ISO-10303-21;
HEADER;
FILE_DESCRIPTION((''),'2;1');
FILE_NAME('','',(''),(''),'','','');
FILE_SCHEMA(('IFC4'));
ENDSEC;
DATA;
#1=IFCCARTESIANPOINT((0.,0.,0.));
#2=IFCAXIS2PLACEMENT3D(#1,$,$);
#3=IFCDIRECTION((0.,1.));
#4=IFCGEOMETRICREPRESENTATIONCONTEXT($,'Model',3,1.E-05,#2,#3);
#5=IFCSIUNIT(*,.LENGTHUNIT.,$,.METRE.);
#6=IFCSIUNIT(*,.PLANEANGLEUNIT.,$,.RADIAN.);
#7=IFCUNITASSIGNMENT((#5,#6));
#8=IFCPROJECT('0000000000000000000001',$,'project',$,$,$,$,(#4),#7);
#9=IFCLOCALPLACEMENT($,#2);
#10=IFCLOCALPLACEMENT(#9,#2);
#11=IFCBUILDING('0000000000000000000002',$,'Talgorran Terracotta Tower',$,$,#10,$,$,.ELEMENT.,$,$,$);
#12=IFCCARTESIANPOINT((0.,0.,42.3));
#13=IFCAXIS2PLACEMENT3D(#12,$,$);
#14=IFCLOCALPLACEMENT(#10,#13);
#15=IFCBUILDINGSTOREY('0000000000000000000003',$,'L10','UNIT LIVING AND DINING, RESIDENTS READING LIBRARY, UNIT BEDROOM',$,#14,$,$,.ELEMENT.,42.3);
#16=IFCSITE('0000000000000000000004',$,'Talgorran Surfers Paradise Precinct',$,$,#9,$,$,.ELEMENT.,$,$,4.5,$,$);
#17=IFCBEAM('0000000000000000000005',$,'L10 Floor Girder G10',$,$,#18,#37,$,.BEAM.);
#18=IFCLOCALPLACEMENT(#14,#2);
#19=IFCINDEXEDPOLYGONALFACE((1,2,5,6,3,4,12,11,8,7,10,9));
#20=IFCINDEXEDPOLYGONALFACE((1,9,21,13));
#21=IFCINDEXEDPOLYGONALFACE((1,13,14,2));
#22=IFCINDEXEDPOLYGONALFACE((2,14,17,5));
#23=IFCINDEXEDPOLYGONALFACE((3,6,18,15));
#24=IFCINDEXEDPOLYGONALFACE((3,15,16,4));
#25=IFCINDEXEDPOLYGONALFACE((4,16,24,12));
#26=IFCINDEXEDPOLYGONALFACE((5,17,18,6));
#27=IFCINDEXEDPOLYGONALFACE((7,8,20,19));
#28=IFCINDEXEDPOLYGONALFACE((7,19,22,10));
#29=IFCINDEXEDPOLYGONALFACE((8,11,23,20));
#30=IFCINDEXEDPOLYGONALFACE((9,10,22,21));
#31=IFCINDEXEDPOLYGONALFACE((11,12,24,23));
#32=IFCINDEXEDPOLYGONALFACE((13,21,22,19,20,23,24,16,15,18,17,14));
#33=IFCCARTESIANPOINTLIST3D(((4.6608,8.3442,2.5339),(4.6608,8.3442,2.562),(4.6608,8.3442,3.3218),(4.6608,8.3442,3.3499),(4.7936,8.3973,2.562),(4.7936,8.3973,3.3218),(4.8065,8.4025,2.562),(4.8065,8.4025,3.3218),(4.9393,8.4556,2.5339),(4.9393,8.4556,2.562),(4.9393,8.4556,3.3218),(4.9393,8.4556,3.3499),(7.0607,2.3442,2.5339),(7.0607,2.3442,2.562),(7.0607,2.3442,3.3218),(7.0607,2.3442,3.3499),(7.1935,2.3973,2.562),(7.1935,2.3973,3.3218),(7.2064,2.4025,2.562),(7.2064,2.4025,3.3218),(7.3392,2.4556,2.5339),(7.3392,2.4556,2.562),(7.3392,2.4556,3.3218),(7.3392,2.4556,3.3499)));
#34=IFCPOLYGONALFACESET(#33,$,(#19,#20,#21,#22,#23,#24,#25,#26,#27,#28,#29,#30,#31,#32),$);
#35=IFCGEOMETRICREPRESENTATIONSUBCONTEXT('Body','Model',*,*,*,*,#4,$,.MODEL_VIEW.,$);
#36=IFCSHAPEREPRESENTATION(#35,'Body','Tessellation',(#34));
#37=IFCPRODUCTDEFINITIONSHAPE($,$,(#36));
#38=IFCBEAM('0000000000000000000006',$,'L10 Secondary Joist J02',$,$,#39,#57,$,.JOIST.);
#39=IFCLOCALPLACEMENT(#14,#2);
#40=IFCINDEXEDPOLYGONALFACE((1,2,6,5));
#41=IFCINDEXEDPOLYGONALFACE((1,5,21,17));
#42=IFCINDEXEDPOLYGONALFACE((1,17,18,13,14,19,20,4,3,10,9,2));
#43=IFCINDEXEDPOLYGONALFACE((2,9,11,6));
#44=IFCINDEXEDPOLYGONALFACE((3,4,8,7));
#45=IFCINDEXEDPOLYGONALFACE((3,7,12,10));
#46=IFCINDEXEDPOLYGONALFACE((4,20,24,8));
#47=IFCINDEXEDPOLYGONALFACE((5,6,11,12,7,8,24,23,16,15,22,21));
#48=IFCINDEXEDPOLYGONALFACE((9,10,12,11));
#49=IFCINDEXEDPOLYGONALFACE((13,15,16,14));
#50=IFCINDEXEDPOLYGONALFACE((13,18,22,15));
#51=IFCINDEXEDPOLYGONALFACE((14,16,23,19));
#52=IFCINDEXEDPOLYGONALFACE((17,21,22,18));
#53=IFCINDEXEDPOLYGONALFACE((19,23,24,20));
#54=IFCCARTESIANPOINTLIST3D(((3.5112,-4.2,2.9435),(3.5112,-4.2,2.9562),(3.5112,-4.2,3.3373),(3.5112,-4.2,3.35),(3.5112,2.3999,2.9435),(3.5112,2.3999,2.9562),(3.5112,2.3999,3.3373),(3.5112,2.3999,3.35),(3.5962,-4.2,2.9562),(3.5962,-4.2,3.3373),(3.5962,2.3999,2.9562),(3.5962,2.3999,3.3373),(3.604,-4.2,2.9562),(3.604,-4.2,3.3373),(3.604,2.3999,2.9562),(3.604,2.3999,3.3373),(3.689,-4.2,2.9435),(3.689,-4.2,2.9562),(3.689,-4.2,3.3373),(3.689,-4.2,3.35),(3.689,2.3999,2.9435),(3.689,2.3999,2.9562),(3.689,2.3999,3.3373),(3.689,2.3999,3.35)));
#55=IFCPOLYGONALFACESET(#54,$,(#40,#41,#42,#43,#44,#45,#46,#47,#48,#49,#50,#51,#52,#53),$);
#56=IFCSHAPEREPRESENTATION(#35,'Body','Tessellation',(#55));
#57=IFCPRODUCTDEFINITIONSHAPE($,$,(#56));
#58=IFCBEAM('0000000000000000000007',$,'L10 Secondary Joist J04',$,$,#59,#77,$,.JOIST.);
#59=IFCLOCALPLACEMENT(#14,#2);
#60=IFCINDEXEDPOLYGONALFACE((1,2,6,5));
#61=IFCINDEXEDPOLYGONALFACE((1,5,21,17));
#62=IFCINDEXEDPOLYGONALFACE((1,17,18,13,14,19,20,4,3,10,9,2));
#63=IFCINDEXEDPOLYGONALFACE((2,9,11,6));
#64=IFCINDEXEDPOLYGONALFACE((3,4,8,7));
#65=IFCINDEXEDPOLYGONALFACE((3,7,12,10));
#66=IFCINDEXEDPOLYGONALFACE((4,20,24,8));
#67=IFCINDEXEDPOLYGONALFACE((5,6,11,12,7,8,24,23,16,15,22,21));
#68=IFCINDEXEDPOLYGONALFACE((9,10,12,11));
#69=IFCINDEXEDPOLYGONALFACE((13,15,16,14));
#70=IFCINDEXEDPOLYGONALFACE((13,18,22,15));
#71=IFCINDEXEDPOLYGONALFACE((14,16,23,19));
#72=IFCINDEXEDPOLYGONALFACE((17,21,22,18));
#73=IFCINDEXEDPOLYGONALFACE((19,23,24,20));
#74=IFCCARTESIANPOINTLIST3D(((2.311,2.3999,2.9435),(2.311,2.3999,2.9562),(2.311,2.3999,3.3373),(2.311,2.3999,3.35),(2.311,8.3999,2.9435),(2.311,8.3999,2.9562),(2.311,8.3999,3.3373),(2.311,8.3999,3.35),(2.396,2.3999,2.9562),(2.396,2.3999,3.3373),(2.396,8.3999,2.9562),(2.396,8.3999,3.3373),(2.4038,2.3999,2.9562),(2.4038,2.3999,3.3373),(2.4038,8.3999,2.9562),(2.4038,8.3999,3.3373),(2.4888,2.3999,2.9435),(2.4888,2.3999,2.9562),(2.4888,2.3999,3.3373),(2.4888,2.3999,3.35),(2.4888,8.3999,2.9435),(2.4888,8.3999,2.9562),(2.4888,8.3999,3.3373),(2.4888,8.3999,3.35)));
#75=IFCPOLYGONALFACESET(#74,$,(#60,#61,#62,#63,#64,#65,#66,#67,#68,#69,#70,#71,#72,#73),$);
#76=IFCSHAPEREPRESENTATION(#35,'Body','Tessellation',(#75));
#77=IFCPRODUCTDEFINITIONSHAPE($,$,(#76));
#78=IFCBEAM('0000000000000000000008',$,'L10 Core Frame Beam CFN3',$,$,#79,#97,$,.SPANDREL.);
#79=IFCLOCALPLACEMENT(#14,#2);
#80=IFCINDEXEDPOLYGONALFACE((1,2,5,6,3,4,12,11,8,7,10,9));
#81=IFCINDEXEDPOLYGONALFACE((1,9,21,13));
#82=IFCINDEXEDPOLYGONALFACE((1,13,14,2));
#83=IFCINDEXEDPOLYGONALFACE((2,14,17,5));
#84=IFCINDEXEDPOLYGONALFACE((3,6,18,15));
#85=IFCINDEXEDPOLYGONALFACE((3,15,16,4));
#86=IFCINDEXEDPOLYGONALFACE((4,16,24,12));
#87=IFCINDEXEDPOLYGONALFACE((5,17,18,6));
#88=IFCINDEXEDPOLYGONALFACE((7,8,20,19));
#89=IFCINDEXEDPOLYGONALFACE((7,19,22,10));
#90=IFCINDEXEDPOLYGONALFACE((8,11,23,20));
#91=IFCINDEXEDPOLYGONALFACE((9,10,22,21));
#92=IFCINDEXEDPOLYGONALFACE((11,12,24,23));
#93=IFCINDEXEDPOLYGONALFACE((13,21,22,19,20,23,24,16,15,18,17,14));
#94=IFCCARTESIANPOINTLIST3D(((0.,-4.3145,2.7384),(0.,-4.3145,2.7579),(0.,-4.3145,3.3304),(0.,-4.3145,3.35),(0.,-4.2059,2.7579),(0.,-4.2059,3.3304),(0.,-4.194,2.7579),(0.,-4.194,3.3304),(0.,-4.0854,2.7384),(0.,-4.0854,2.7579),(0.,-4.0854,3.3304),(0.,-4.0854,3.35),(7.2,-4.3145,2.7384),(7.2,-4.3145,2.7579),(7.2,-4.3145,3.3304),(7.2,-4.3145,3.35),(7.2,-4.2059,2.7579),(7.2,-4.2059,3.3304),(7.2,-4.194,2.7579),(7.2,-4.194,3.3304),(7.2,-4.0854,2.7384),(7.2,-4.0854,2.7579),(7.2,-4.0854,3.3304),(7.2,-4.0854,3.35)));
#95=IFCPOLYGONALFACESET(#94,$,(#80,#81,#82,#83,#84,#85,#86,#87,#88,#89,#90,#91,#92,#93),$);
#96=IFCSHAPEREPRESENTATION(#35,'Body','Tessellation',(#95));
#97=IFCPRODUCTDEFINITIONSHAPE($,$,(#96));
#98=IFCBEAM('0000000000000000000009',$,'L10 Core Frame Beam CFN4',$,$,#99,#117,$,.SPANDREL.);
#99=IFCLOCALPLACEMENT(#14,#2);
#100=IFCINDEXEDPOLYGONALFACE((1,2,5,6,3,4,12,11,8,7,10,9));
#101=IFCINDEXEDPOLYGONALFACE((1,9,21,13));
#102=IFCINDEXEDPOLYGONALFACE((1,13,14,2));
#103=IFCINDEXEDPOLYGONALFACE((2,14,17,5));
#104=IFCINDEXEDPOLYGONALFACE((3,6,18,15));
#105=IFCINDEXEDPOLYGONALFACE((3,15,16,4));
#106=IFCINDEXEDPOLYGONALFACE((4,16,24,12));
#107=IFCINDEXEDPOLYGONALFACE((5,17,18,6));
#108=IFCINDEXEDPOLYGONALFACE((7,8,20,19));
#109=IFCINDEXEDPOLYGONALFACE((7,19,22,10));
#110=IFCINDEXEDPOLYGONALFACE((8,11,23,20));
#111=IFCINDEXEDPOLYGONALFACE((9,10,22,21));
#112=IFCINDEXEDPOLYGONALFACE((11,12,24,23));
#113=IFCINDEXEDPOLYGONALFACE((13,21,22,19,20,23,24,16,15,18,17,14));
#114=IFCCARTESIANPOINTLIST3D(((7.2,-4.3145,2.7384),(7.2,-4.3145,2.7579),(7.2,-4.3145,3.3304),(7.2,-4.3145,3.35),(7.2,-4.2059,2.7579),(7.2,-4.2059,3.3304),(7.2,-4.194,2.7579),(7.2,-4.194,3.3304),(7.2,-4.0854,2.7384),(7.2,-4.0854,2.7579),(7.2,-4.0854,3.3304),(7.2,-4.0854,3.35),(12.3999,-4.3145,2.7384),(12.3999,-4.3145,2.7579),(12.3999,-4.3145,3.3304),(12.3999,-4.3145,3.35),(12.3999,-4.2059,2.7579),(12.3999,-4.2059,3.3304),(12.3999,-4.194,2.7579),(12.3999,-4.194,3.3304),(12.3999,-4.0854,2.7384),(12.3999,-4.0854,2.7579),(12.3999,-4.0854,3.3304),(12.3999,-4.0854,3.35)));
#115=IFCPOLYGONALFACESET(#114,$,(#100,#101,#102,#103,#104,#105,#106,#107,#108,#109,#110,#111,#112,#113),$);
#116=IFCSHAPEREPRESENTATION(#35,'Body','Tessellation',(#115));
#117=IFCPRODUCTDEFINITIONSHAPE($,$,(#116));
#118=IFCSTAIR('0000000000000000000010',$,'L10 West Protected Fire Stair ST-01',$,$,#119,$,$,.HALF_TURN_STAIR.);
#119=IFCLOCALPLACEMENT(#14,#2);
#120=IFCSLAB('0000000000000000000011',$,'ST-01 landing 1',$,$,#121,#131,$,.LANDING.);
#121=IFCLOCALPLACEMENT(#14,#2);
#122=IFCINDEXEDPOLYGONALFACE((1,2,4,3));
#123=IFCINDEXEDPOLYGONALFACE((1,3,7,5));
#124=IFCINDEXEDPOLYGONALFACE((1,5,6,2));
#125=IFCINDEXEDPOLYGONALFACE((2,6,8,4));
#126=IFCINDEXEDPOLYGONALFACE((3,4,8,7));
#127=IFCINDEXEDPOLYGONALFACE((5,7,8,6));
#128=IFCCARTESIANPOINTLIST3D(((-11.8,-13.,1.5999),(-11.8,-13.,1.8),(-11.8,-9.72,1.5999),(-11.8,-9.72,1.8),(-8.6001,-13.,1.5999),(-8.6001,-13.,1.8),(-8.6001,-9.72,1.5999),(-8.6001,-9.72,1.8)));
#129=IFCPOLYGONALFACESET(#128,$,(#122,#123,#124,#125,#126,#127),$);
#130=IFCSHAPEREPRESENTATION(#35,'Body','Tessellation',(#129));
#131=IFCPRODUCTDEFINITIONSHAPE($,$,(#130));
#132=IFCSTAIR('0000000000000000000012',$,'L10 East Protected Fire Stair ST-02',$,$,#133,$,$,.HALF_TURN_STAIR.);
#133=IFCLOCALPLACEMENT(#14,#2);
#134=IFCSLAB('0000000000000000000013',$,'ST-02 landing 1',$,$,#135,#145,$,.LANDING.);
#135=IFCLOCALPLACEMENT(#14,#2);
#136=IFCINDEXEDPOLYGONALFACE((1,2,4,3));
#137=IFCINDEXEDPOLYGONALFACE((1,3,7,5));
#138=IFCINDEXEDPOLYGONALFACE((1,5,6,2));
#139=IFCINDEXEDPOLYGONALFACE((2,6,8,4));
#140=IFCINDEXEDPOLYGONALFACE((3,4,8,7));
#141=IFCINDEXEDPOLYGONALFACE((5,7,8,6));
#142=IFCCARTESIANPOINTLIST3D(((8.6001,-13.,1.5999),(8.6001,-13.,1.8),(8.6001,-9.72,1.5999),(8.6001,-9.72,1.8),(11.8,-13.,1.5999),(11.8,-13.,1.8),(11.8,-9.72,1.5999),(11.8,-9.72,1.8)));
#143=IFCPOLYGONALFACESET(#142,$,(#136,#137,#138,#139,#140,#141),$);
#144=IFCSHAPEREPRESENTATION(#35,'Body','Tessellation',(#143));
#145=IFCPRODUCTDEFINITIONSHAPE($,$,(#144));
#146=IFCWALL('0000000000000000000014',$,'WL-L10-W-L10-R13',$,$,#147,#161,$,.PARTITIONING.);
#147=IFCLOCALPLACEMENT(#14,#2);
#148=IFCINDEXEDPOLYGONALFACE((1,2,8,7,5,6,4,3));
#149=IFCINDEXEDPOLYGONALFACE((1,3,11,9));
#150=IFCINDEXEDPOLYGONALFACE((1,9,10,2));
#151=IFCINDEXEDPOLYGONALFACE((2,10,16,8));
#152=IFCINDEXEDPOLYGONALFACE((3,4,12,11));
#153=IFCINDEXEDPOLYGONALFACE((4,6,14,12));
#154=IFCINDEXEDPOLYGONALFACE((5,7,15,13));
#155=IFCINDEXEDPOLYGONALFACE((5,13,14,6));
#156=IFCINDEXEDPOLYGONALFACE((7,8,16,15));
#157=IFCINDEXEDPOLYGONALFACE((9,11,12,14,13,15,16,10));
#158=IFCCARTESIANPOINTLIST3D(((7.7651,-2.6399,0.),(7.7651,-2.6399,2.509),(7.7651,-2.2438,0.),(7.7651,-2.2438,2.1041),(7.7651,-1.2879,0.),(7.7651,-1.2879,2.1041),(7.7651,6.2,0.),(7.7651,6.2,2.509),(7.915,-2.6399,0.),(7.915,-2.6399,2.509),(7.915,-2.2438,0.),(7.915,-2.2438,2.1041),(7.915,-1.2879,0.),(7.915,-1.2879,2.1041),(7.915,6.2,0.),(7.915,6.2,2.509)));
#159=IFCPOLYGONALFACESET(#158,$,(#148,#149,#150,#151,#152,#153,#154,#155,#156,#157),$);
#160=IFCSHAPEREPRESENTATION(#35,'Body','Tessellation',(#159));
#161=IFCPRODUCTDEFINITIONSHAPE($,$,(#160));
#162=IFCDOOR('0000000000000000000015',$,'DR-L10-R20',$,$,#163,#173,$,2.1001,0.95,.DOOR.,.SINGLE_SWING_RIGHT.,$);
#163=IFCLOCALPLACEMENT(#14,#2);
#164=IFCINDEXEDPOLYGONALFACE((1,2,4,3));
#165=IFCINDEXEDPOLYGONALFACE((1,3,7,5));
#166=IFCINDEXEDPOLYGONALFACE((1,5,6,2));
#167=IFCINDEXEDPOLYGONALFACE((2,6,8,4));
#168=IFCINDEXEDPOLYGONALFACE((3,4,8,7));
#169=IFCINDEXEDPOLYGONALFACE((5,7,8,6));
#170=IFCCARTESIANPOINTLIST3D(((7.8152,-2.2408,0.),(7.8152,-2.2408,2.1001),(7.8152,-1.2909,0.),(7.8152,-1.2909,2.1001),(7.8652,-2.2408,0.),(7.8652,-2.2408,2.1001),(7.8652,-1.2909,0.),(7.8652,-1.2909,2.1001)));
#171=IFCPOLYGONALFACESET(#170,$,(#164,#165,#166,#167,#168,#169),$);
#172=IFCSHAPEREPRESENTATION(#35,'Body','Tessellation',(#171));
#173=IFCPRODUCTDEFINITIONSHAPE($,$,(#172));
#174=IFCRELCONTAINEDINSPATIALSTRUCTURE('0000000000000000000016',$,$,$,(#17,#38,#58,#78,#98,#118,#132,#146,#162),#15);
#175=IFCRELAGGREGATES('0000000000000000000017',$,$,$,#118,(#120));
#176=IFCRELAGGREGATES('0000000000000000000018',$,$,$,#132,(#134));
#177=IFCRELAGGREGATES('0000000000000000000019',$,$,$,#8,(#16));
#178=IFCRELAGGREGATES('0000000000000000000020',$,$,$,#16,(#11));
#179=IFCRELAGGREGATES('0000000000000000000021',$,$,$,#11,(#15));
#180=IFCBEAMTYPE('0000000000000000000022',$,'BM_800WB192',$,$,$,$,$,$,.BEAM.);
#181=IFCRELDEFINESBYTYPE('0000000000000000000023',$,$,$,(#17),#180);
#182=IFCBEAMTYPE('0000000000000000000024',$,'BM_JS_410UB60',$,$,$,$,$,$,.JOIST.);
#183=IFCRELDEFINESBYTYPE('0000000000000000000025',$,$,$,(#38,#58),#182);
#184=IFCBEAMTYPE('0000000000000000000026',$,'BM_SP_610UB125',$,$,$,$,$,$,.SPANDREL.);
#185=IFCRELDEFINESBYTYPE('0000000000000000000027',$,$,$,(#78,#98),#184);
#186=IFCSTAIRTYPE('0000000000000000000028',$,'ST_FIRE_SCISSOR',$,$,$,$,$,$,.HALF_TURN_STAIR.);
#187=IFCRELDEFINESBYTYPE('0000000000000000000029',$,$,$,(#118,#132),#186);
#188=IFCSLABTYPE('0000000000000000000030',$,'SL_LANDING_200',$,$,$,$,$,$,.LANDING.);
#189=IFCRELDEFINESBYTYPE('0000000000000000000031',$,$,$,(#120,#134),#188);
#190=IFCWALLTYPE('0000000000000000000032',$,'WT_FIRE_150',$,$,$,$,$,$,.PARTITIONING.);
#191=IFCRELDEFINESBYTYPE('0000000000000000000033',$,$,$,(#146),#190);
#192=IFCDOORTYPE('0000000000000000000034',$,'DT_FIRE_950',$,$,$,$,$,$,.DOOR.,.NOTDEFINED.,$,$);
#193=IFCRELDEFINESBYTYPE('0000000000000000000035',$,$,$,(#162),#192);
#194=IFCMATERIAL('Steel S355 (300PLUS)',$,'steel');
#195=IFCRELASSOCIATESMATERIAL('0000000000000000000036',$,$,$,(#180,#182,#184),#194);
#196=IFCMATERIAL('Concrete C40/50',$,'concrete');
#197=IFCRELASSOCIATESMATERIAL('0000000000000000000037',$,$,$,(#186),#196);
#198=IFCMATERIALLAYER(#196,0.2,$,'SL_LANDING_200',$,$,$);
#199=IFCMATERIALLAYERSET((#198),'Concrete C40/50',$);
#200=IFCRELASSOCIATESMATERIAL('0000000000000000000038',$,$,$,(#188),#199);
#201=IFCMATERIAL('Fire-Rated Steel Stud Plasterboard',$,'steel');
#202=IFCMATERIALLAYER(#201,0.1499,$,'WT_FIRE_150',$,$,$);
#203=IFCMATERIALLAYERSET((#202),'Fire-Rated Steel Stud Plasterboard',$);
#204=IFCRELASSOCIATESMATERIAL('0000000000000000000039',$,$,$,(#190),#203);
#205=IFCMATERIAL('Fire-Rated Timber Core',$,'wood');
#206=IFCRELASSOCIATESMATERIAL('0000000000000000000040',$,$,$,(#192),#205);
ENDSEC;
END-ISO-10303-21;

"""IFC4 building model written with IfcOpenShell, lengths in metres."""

from ifc_helpers import new_model, si_unit, direction, frame, frame_2d, origin, origin_2d, place, context, subcontext, project, spatial, polyline, rectangle, i_section, outline, extrude, material, layer, layer_set, material_profile, profile_set, type_object, element, fill, aggregate, save


model = new_model("IFC4")

# Units and contexts
model_context = context("Model", 3, precision=1e-05, world=origin(), true_north=direction((0.0, 1.0)))
body_context = subcontext(model_context, "Body", "Model", "MODEL_VIEW")
ifc_project = project(units=[si_unit("LENGTHUNIT", "METRE"), si_unit("PLANEANGLEUNIT", "RADIAN")], contexts=[model_context])

# Site, building, storey
site_placement = place(None, origin())
site = spatial("IfcSite", under=ifc_project, at=site_placement, Name="Talgorran Surfers Paradise Precinct", CompositionType="ELEMENT", RefElevation=4.5)
building_placement = place(site_placement, origin())
building = spatial("IfcBuilding", under=site, at=building_placement, Name="Talgorran Terracotta Tower", CompositionType="ELEMENT")
storey_placement = place(building_placement, frame((0.0, 0.0, 42.3)))
storey = spatial("IfcBuildingStorey", under=building, at=storey_placement, Name="L10", Description="UNIT LIVING AND DINING, RESIDENTS READING LIBRARY, UNIT BEDROOM", CompositionType="ELEMENT", Elevation=42.3)

# Shared definitions
ifc_material_1 = material(Name="Steel S355 (300PLUS)", Category="steel")

# Beams
ifc_material_profile_1 = material_profile(ifc_material_1, i_section(OverallWidth=0.3, OverallDepth=0.8159, WebThickness=0.0139, FlangeThickness=0.0281, at=origin_2d()), Name="800WB192")
ifc_profile_set_1 = profile_set([ifc_material_profile_1], Name="Steel S355 (300PLUS)")
beam_type_1 = type_object("IfcBeamType", Name="BM_800WB192", PredefinedType="BEAM", material=ifc_profile_set_1)
beam_1_placement = place(storey_placement, frame((7.2, 2.3999, 2.9419), z_axis=(-0.371378, 0.928482, 0.0), x_axis=(-0.928482, -0.371378, 0.0)))
element("IfcBeam", 1, at=beam_1_placement, inside=storey, type_object=beam_type_1, Name="L10 Floor Girder G10", PredefinedType="BEAM", context=body_context, shape_type="SweptSolid", body=[
    extrude(i_section(OverallWidth=0.3, OverallDepth=0.8159, WebThickness=0.0139, FlangeThickness=0.0281, at=origin_2d()), origin(), (0.0, 0.0, 1.0), 6.4622),
])
ifc_material_profile_2 = material_profile(ifc_material_1, i_section(OverallWidth=0.1777, OverallDepth=0.4065, WebThickness=0.0078, FlangeThickness=0.0127, at=origin_2d()), Name="410UB59.7")
ifc_profile_set_2 = profile_set([ifc_material_profile_2], Name="Steel S355 (300PLUS)")
beam_type_2 = type_object("IfcBeamType", Name="BM_JS_410UB60", PredefinedType="JOIST", material=ifc_profile_set_2)
beam_2_placement = place(storey_placement, frame((3.6001, -4.2, 3.1467), z_axis=(0.0, 1.0, 0.0), x_axis=(-1.0, 0.0, 0.0)))
element("IfcBeam", 2, at=beam_2_placement, inside=storey, type_object=beam_type_2, Name="L10 Secondary Joist J02", PredefinedType="JOIST", context=body_context, shape_type="SweptSolid", body=[
    extrude(i_section(OverallWidth=0.1777, OverallDepth=0.4065, WebThickness=0.0078, FlangeThickness=0.0127, at=origin_2d()), origin(), (0.0, 0.0, 1.0), 6.5999),
])
beam_3_placement = place(storey_placement, frame((2.3999, 2.3999, 3.1467), z_axis=(0.0, 1.0, 0.0), x_axis=(-1.0, 0.0, 0.0)))
element("IfcBeam", 3, at=beam_3_placement, inside=storey, type_object=beam_type_2, Name="L10 Secondary Joist J04", PredefinedType="JOIST", context=body_context, shape_type="SweptSolid", body=[
    extrude(i_section(OverallWidth=0.1777, OverallDepth=0.4065, WebThickness=0.0078, FlangeThickness=0.0127, at=origin_2d()), origin(), (0.0, 0.0, 1.0), 6.0),
])
ifc_material_profile_3 = material_profile(ifc_material_1, i_section(OverallWidth=0.229, OverallDepth=0.6116, WebThickness=0.012, FlangeThickness=0.0195, at=origin_2d()), Name="610UB125")
ifc_profile_set_3 = profile_set([ifc_material_profile_3], Name="Steel S355 (300PLUS)")
beam_type_3 = type_object("IfcBeamType", Name="BM_SP_610UB125", PredefinedType="SPANDREL", material=ifc_profile_set_3)
beam_4_placement = place(storey_placement, frame((0.0, -4.2, 3.0442), z_axis=(1.0, 0.0, 0.0), x_axis=(0.0, 1.0, 0.0)))
element("IfcBeam", 4, at=beam_4_placement, inside=storey, type_object=beam_type_3, Name="L10 Core Frame Beam CFN3", PredefinedType="SPANDREL", context=body_context, shape_type="SweptSolid", body=[
    extrude(i_section(OverallWidth=0.229, OverallDepth=0.6116, WebThickness=0.012, FlangeThickness=0.0195, at=origin_2d()), origin(), (0.0, 0.0, 1.0), 7.2),
])
beam_5_placement = place(storey_placement, frame((7.2, -4.2, 3.0442), z_axis=(1.0, 0.0, 0.0), x_axis=(0.0, 1.0, 0.0)))
element("IfcBeam", 5, at=beam_5_placement, inside=storey, type_object=beam_type_3, Name="L10 Core Frame Beam CFN4", PredefinedType="SPANDREL", context=body_context, shape_type="SweptSolid", body=[
    extrude(i_section(OverallWidth=0.229, OverallDepth=0.6116, WebThickness=0.012, FlangeThickness=0.0195, at=origin_2d()), origin(), (0.0, 0.0, 1.0), 5.2),
])

# Stairs, slabs
ifc_material_2 = material(Name="Concrete C40/50", Category="concrete")
stair_type = type_object("IfcStairType", Name="ST_FIRE_SCISSOR", PredefinedType="HALF_TURN_STAIR", material=ifc_material_2)
stair_1_placement = place(storey_placement, origin())
stair_1 = element("IfcStair", 6, at=stair_1_placement, inside=storey, type_object=stair_type, Name="L10 West Protected Fire Stair ST-01", PredefinedType="HALF_TURN_STAIR")
ifc_layer_1 = layer(ifc_material_2, 0.2, Name="SL_LANDING_200")
ifc_layer_set_1 = layer_set([ifc_layer_1], Name="Concrete C40/50")
slab_type = type_object("IfcSlabType", Name="SL_LANDING_200", PredefinedType="LANDING", material=ifc_layer_set_1)
slab_1_placement = place(storey_placement, frame((0.0, 0.0, 1.5999)))
slab_1 = element("IfcSlab", 7, at=slab_1_placement, type_object=slab_type, Name="ST-01 landing 1", PredefinedType="LANDING", context=body_context, shape_type="SweptSolid", body=[
    extrude(outline(polyline([(-11.8, -9.72), (-11.8, -13.0), (-8.6001, -13.0), (-8.6001, -9.72), (-11.8, -9.72)])), origin(), (0.0, 0.0, 1.0), 0.2002),
])
aggregate(stair_1, [slab_1])
stair_2_placement = place(storey_placement, origin())
stair_2 = element("IfcStair", 8, at=stair_2_placement, inside=storey, type_object=stair_type, Name="L10 East Protected Fire Stair ST-02", PredefinedType="HALF_TURN_STAIR")
slab_2_placement = place(storey_placement, frame((0.0, 0.0, 1.5999)))
slab_2 = element("IfcSlab", 9, at=slab_2_placement, type_object=slab_type, Name="ST-02 landing 1", PredefinedType="LANDING", context=body_context, shape_type="SweptSolid", body=[
    extrude(outline(polyline([(8.6001, -9.72), (8.6001, -13.0), (11.8, -13.0), (11.8, -9.72), (8.6001, -9.72)])), origin(), (0.0, 0.0, 1.0), 0.2002),
])
aggregate(stair_2, [slab_2])

# Wall, opening, door
ifc_material_3 = material(Name="Fire-Rated Steel Stud Plasterboard", Category="steel")
ifc_layer_2 = layer(ifc_material_3, 0.1499, Name="WT_FIRE_150")
ifc_layer_set_2 = layer_set([ifc_layer_2], Name="Fire-Rated Steel Stud Plasterboard")
wall_type_1 = type_object("IfcWallType", Name="WT_FIRE_150", PredefinedType="PARTITIONING", material=ifc_layer_set_2)
wall_1_placement = place(storey_placement, frame((7.8401, -2.6399, 0.0), z_axis=(0.0, 0.0, 1.0), x_axis=(0.0, 1.0, 0.0)))
wall_1 = element("IfcWall", 10, at=wall_1_placement, inside=storey, type_object=wall_type_1, Name="WL-L10-W-L10-R13", PredefinedType="PARTITIONING", context=body_context, shape_type="SweptSolid", body=[
    extrude(rectangle(XDim=8.8398, YDim=0.1499, at=frame_2d((4.4199, 0.0))), origin(), (0.0, 0.0, 1.0), 2.509),
])
opening_1_placement = place(wall_1_placement, frame((0.3989, 0.0, 0.0)))
opening_1 = element("IfcOpeningElement", 11, at=opening_1_placement, cuts=wall_1, PredefinedType="OPENING", context=body_context, shape_type="SweptSolid", body=[
    extrude(rectangle(XDim=0.956, YDim=2.1041, at=frame_2d((0.4751, 1.052))), frame((0.0, 0.085, 0.0), z_axis=(0.0, -1.0, 0.0), x_axis=(1.0, 0.0, 0.0)), (0.0, 0.0, 1.0), 0.1699),
])
ifc_material_4 = material(Name="Fire-Rated Timber Core", Category="wood")
door_type = type_object("IfcDoorType", Name="DT_FIRE_950", OperationType="NOTDEFINED", PredefinedType="DOOR", material=ifc_material_4)
door_1_placement = place(opening_1_placement, origin())
door_1 = element("IfcDoor", 12, at=door_1_placement, inside=storey, type_object=door_type, Name="DR-L10-R20", OperationType="SINGLE_SWING_RIGHT", OverallHeight=2.1001, OverallWidth=0.95, PredefinedType="DOOR", context=body_context, shape_type="SweptSolid", body=[
    extrude(rectangle(XDim=0.95, YDim=2.1001, at=frame_2d((0.4751, 1.05))), frame((0.0, 0.0249, 0.0), z_axis=(0.0, -1.0, 0.0), x_axis=(1.0, 0.0, 0.0)), (0.0, 0.0, 1.0), 0.05),
])
fill(opening_1, door_1)

save(model, "model.ifc")
